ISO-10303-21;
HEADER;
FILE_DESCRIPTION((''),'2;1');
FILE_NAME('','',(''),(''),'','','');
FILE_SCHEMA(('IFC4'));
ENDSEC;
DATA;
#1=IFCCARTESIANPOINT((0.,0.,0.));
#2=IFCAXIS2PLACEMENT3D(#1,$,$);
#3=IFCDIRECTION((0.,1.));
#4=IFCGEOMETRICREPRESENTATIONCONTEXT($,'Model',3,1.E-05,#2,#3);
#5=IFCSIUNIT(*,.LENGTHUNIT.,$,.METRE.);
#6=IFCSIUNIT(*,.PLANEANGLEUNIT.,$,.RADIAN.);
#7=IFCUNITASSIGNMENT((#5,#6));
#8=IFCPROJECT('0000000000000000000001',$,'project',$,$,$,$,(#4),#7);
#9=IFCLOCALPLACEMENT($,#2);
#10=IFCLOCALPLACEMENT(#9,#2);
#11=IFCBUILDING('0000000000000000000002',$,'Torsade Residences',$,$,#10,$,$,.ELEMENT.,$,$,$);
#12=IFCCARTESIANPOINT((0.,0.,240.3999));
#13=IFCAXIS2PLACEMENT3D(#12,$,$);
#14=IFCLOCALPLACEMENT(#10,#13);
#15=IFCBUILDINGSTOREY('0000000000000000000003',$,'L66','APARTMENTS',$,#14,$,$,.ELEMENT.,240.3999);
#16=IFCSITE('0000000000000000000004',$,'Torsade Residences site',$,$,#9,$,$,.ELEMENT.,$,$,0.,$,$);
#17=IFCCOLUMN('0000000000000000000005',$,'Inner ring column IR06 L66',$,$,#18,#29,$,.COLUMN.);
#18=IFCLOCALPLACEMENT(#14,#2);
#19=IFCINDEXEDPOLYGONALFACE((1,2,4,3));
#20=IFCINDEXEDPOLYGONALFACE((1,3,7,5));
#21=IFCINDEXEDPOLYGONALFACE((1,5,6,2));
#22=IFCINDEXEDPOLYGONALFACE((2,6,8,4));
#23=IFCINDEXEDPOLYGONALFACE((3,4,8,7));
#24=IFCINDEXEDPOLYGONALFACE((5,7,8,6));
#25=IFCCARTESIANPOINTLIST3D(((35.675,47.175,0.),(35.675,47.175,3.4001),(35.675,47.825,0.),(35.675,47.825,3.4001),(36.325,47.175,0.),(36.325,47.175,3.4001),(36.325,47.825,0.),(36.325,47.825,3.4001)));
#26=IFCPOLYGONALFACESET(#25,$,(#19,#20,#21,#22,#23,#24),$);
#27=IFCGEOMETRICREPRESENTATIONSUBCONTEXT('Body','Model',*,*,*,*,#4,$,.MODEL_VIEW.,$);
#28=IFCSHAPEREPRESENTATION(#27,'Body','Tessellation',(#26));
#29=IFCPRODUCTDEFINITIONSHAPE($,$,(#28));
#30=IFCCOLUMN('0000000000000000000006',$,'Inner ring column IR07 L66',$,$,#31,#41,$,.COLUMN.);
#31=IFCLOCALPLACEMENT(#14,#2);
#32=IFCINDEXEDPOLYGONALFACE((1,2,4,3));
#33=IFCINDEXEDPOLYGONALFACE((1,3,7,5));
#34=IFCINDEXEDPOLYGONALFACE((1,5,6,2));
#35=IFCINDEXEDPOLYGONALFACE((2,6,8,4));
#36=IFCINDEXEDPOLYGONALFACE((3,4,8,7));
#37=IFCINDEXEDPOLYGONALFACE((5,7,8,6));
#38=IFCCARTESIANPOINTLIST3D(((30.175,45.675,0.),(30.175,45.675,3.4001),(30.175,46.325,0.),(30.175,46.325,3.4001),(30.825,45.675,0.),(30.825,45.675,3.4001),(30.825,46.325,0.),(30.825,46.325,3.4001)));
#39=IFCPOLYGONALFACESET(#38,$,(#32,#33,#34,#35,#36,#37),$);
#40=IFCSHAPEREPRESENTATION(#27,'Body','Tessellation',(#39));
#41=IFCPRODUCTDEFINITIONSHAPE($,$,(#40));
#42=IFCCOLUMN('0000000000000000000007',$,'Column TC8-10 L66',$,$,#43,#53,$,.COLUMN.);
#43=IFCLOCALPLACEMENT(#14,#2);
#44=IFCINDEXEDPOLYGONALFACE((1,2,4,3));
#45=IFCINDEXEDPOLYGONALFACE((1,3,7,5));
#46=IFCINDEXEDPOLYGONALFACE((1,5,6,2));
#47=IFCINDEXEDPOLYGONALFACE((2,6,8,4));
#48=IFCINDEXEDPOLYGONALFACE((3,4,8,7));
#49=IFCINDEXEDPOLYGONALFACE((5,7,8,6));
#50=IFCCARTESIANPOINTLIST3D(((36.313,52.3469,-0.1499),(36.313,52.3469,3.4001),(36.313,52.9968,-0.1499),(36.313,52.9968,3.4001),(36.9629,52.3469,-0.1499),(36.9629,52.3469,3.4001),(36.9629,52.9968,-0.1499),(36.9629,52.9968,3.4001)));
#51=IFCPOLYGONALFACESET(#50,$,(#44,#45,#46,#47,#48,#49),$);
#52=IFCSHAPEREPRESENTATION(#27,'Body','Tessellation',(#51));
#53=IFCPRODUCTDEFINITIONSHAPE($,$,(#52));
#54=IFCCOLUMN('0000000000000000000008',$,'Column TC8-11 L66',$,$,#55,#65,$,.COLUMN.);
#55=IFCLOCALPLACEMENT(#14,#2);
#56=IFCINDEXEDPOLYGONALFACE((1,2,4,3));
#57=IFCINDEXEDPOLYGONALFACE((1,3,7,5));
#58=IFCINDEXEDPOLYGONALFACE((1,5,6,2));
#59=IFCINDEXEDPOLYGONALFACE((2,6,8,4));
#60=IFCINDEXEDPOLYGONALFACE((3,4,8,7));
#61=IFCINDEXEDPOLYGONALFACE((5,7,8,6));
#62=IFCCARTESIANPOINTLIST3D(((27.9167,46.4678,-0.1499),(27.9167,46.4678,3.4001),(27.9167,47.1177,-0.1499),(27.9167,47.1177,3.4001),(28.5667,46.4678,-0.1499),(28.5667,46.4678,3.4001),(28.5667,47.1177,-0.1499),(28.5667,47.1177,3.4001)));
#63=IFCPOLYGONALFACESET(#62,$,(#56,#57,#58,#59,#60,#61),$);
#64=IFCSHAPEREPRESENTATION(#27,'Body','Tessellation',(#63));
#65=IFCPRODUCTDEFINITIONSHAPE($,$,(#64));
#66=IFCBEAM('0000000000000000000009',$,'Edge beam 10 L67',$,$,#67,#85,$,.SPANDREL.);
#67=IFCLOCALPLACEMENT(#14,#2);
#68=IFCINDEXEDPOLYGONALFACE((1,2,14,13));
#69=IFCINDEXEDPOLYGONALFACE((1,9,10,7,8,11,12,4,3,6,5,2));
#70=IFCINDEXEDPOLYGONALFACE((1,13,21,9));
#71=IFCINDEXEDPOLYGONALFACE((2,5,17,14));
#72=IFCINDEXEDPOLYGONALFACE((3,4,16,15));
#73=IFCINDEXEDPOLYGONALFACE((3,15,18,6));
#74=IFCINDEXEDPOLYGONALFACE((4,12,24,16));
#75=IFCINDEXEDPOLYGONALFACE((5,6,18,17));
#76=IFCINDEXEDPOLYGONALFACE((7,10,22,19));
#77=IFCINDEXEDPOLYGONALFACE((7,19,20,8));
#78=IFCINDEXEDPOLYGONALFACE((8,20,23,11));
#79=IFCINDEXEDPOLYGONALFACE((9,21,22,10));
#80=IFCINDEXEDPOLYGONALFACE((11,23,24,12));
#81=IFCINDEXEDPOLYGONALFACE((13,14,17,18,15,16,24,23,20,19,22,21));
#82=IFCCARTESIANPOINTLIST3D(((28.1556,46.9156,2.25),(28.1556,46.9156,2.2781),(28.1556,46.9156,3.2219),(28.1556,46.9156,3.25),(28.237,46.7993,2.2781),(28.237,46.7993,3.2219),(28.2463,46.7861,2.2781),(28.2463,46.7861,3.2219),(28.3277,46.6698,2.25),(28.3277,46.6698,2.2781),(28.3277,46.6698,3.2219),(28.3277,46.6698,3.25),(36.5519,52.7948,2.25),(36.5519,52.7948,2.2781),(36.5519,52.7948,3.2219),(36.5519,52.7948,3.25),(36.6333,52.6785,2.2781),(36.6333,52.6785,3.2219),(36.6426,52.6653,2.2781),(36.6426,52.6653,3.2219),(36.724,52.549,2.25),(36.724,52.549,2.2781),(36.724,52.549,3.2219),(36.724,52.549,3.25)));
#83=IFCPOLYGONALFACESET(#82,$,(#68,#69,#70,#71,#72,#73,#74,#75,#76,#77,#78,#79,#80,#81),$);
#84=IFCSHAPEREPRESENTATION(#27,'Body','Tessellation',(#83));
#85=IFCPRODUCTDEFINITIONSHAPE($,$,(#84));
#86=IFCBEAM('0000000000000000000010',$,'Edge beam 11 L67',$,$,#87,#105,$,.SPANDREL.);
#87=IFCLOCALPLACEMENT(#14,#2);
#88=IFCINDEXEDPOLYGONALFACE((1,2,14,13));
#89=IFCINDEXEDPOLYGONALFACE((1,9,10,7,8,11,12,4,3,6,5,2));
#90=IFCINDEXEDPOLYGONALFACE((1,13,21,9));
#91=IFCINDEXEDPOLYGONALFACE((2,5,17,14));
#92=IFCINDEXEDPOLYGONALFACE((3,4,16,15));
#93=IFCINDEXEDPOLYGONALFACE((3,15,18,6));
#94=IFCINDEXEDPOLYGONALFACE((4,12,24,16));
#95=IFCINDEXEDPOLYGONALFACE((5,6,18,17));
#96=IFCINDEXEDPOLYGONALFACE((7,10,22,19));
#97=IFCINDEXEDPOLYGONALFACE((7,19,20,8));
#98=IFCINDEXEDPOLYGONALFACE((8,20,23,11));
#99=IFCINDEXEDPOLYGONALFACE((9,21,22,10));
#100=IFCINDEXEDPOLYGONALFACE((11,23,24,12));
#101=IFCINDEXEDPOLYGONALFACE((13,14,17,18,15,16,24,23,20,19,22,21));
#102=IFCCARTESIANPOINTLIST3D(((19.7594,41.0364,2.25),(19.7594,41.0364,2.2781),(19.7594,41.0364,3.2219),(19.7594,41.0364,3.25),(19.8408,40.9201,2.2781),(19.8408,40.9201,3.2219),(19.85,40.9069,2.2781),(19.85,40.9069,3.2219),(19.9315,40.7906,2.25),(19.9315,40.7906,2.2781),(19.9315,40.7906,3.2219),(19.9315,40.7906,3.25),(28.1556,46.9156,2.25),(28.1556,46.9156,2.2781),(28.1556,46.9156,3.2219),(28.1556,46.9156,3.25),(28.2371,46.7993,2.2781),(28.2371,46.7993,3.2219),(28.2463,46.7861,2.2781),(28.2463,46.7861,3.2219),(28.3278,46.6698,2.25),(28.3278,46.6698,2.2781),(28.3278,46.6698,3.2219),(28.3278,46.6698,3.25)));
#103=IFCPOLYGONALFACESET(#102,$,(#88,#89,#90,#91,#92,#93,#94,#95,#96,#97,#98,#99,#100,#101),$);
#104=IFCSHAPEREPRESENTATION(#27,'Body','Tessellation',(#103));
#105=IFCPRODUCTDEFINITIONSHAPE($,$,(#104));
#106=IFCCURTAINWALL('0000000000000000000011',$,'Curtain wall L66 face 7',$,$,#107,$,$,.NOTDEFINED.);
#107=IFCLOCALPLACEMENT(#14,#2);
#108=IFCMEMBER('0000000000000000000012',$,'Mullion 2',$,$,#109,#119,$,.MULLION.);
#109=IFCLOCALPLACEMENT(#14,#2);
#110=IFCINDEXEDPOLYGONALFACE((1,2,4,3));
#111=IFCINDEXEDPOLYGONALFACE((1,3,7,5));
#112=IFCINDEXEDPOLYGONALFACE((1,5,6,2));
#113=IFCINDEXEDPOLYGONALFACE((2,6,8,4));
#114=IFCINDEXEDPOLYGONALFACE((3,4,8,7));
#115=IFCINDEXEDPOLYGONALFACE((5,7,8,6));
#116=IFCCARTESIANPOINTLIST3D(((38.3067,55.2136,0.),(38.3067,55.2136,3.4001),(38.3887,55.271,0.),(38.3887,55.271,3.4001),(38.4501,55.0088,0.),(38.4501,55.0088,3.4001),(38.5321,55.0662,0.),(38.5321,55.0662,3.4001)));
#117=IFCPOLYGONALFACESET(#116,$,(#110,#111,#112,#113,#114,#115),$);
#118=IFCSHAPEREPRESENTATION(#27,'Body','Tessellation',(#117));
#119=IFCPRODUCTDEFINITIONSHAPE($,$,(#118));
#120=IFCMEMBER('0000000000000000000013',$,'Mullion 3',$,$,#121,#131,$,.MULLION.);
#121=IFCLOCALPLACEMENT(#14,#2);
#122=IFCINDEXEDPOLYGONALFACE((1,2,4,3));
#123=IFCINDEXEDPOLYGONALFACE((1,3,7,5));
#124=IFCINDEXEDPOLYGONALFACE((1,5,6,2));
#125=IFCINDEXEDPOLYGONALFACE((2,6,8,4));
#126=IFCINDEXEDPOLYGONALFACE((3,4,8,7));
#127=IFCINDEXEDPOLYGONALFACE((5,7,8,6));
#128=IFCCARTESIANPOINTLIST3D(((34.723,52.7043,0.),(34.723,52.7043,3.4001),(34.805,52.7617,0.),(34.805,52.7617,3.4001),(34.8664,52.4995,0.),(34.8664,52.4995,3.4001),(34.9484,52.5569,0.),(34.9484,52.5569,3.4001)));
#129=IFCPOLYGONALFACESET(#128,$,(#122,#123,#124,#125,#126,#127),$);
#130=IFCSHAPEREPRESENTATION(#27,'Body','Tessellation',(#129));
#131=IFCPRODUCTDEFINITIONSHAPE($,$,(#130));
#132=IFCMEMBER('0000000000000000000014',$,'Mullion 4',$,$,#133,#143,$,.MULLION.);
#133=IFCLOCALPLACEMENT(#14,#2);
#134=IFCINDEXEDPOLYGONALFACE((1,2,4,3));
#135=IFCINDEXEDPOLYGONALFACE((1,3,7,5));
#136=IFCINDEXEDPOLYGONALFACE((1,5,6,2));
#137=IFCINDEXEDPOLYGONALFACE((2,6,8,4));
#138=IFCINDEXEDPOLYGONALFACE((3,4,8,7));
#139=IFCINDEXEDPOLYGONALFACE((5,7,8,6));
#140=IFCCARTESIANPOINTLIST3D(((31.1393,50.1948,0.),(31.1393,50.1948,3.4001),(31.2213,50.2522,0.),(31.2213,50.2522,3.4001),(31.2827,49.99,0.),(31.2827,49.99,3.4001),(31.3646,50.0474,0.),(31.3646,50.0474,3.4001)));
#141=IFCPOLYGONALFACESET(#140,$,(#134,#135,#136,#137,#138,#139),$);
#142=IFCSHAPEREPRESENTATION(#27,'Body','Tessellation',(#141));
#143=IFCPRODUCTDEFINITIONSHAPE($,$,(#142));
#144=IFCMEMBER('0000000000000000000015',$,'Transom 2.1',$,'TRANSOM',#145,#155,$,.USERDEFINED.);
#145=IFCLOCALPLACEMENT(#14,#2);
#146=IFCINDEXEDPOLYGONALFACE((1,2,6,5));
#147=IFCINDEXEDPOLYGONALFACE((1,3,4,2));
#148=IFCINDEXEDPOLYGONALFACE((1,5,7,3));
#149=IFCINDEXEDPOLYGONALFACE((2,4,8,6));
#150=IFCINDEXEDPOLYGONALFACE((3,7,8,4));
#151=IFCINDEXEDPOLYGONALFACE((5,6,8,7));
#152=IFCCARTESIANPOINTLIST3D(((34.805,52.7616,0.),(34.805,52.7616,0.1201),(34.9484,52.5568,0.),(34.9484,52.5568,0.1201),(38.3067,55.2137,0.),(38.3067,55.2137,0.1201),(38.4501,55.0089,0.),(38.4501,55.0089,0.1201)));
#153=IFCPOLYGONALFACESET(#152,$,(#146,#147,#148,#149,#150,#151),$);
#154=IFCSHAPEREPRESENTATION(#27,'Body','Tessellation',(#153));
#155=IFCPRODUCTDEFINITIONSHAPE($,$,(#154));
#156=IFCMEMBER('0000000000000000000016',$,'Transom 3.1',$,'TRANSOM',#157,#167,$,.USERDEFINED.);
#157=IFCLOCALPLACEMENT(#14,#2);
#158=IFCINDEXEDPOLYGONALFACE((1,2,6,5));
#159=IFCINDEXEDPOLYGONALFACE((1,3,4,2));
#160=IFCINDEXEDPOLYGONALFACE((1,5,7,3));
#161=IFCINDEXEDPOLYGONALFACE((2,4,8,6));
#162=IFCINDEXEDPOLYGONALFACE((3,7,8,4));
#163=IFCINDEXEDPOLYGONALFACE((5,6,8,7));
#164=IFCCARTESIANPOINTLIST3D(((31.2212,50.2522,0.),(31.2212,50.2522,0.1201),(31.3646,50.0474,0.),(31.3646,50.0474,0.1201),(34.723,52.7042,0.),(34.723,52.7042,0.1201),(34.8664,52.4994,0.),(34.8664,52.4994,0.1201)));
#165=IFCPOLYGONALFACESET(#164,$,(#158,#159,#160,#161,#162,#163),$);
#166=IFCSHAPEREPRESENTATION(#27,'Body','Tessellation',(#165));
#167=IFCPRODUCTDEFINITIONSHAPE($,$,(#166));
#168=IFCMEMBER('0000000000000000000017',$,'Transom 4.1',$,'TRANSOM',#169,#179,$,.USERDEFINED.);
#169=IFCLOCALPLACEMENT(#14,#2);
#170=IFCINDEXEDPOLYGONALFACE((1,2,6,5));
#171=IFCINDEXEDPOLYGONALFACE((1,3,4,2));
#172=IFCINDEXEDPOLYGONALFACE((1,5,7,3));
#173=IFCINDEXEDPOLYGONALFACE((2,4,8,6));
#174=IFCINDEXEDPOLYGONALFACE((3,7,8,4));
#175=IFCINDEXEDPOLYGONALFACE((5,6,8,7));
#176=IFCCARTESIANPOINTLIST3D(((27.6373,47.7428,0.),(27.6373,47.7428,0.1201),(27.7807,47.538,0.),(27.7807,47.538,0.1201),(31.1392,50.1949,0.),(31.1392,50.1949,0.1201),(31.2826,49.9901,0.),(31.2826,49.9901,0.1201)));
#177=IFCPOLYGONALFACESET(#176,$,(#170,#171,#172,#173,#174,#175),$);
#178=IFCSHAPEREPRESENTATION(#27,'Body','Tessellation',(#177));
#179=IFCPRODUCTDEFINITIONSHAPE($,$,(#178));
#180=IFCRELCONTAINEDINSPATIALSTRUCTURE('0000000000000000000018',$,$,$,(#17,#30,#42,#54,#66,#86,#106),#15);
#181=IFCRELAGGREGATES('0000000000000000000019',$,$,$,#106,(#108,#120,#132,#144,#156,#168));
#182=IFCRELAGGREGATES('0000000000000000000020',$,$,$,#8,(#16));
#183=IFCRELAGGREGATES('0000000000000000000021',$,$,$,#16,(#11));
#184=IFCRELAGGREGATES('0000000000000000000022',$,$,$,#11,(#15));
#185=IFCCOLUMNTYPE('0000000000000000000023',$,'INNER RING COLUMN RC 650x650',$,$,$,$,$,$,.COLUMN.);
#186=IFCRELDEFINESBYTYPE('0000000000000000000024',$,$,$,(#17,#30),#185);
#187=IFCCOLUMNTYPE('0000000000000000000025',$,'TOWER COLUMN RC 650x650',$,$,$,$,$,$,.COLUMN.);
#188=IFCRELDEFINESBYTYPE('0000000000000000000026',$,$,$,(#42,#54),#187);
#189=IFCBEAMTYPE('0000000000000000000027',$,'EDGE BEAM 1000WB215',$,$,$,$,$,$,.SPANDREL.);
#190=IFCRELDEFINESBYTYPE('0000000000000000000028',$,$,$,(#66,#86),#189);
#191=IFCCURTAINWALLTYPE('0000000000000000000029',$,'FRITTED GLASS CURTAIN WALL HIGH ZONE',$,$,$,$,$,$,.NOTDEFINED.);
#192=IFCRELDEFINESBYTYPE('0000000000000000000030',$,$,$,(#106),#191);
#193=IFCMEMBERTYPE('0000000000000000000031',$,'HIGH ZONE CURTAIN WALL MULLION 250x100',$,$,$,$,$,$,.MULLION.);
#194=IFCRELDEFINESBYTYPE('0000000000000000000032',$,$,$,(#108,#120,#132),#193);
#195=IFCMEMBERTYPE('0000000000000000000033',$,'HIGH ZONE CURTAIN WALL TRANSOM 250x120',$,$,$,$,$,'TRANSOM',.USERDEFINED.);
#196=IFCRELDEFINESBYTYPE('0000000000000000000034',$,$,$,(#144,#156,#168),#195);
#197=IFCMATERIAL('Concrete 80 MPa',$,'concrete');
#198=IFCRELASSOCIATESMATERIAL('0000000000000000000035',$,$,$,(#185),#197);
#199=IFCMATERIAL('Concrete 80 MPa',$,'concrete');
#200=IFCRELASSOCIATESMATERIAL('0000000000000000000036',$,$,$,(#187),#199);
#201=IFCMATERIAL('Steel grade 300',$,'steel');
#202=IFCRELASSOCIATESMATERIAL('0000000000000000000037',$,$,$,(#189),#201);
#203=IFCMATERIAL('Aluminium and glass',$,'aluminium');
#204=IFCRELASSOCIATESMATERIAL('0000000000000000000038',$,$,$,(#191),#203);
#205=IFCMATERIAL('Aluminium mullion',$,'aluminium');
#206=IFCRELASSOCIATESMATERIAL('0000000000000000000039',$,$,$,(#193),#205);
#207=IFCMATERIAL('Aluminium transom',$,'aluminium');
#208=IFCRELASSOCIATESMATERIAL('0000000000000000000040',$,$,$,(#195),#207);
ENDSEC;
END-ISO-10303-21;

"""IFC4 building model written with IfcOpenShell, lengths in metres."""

from ifc_helpers import new_model, si_unit, direction, frame, origin, origin_2d, place, context, subcontext, project, spatial, rectangle, i_section, extrude, material, material_profile, profile_set, type_object, element, aggregate, save


model = new_model("IFC4")

# Units and contexts
model_context = context("Model", 3, precision=1e-05, world=origin(), true_north=direction((0.0, 1.0)))
body_context = subcontext(model_context, "Body", "Model", "MODEL_VIEW")
ifc_project = project(units=[si_unit("LENGTHUNIT", "METRE"), si_unit("PLANEANGLEUNIT", "RADIAN")], contexts=[model_context])

# Site, building, storey
site_placement = place(None, origin())
site = spatial("IfcSite", under=ifc_project, at=site_placement, Name="Torsade Residences site", CompositionType="ELEMENT", RefElevation=0.0)
building_placement = place(site_placement, origin())
building = spatial("IfcBuilding", under=site, at=building_placement, Name="Torsade Residences", CompositionType="ELEMENT")
storey_placement = place(building_placement, frame((0.0, 0.0, 240.3999)))
storey = spatial("IfcBuildingStorey", under=building, at=storey_placement, Name="L66", Description="APARTMENTS", CompositionType="ELEMENT", Elevation=240.3999)

# Columns
ifc_material_1 = material(Name="Concrete 80 MPa", Category="concrete")
ifc_material_profile_1 = material_profile(ifc_material_1, rectangle(XDim=0.6499, YDim=0.6499, at=origin_2d()), Name="RC 650x650")
ifc_profile_set_1 = profile_set([ifc_material_profile_1], Name="Concrete 80 MPa")
column_type_1 = type_object("IfcColumnType", Name="INNER RING COLUMN RC 650x650", PredefinedType="COLUMN", material=ifc_profile_set_1)
for number, where, z_axis, x_axis, name in (
    (1, (36.0, 47.5, 0.0), (0.0, 0.0, 1.0), (1.0, 0.0, 0.0), "Inner ring column IR06 L66"),
    (2, (30.5, 46.0, 0.0), (0.0, 0.0, 1.0), (1.0, 0.0, 0.0), "Inner ring column IR07 L66"),
):
    element("IfcColumn", number, at=place(storey_placement, frame(where, z_axis=z_axis, x_axis=x_axis)), inside=storey, type_object=column_type_1, Name=name, PredefinedType="COLUMN", context=body_context, shape_type="SweptSolid", body=[
        extrude(rectangle(XDim=0.6499, YDim=0.6499, at=origin_2d()), origin(), (0.0, 0.0, 1.0), 3.4001),
    ])
ifc_material_2 = material(Name="Concrete 80 MPa", Category="concrete")
ifc_material_profile_2 = material_profile(ifc_material_2, rectangle(XDim=0.6499, YDim=0.6499, at=origin_2d()), Name="RC 650x650")
ifc_profile_set_2 = profile_set([ifc_material_profile_2], Name="Concrete 80 MPa")
column_type_2 = type_object("IfcColumnType", Name="TOWER COLUMN RC 650x650", PredefinedType="COLUMN", material=ifc_profile_set_2)
for number, where, z_axis, x_axis, name in (
    (3, (36.6379, 52.6719, -0.1499), (0.0, 0.0, 1.0), (1.0, 0.0, 0.0), "Column TC8-10 L66"),
    (4, (28.2417, 46.7927, -0.1499), (0.0, 0.0, 1.0), (1.0, 0.0, 0.0), "Column TC8-11 L66"),
):
    element("IfcColumn", number, at=place(storey_placement, frame(where, z_axis=z_axis, x_axis=x_axis)), inside=storey, type_object=column_type_2, Name=name, PredefinedType="COLUMN", context=body_context, shape_type="SweptSolid", body=[
        extrude(rectangle(XDim=0.6499, YDim=0.6499, at=origin_2d()), origin(), (0.0, 0.0, 1.0), 3.55),
    ])

# Beams
ifc_material_3 = material(Name="Steel grade 300", Category="steel")
ifc_material_profile_3 = material_profile(ifc_material_3, i_section(OverallWidth=0.3, OverallDepth=1.0, WebThickness=0.0161, FlangeThickness=0.0281, at=origin_2d()), Name="1000WB215")
ifc_profile_set_3 = profile_set([ifc_material_profile_3], Name="Steel grade 300")
beam_type_1 = type_object("IfcBeamType", Name="EDGE BEAM 1000WB215", PredefinedType="SPANDREL", material=ifc_profile_set_3)
for number, where, z_axis, x_axis, name in (
    (5, (36.6379, 52.6719, 2.75), (-0.81915, -0.573579, 0.0), (0.573579, -0.81915, 0.0), "Edge beam 10 L67"),
    (6, (28.2417, 46.7927, 2.75), (-0.81915, -0.573579, 0.0), (0.573579, -0.81915, 0.0), "Edge beam 11 L67"),
):
    element("IfcBeam", number, at=place(storey_placement, frame(where, z_axis=z_axis, x_axis=x_axis)), inside=storey, type_object=beam_type_1, Name=name, PredefinedType="SPANDREL", context=body_context, shape_type="SweptSolid", body=[
        extrude(i_section(OverallWidth=0.3, OverallDepth=1.0, WebThickness=0.0161, FlangeThickness=0.0281, at=origin_2d()), origin(), (0.0, 0.0, 1.0), 10.25),
    ])

# Curtain wall, members
ifc_material_4 = material(Name="Aluminium and glass", Category="aluminium")
curtain_wall_type = type_object("IfcCurtainWallType", Name="FRITTED GLASS CURTAIN WALL HIGH ZONE", PredefinedType="NOTDEFINED", material=ifc_material_4)
curtain_wall_placement = place(storey_placement, origin())
curtain_wall = element("IfcCurtainWall", 7, at=curtain_wall_placement, inside=storey, type_object=curtain_wall_type, Name="Curtain wall L66 face 7", PredefinedType="NOTDEFINED")
ifc_material_5 = material(Name="Aluminium mullion", Category="aluminium")
ifc_material_profile_4 = material_profile(ifc_material_5, rectangle(XDim=0.25, YDim=0.1001, at=origin_2d()), Name="HIGH ZONE CURTAIN WALL MULLION 250x100")
ifc_profile_set_4 = profile_set([ifc_material_profile_4], Name="Aluminium mullion")
member_type_1 = type_object("IfcMemberType", Name="HIGH ZONE CURTAIN WALL MULLION 250x100", PredefinedType="MULLION", material=ifc_profile_set_4)
member_1_placement = place(storey_placement, frame((38.4194, 55.1399, 0.0), z_axis=(0.0, 0.0, 1.0), x_axis=(0.573576, -0.819152, 0.0)))
member_1 = element("IfcMember", 8, at=member_1_placement, type_object=member_type_1, Name="Mullion 2", PredefinedType="MULLION", context=body_context, shape_type="SweptSolid", body=[
    extrude(rectangle(XDim=0.25, YDim=0.1001, at=origin_2d()), origin(), (0.0, 0.0, 1.0), 3.4001),
])
member_2_placement = place(storey_placement, frame((34.8357, 52.6306, 0.0), z_axis=(0.0, 0.0, 1.0), x_axis=(0.573576, -0.819152, 0.0)))
member_2 = element("IfcMember", 9, at=member_2_placement, type_object=member_type_1, Name="Mullion 3", PredefinedType="MULLION", context=body_context, shape_type="SweptSolid", body=[
    extrude(rectangle(XDim=0.25, YDim=0.1001, at=origin_2d()), origin(), (0.0, 0.0, 1.0), 3.4001),
])
member_3_placement = place(storey_placement, frame((31.252, 50.1211, 0.0), z_axis=(0.0, 0.0, 1.0), x_axis=(0.573576, -0.819152, 0.0)))
member_3 = element("IfcMember", 10, at=member_3_placement, type_object=member_type_1, Name="Mullion 4", PredefinedType="MULLION", context=body_context, shape_type="SweptSolid", body=[
    extrude(rectangle(XDim=0.25, YDim=0.1001, at=origin_2d()), origin(), (0.0, 0.0, 1.0), 3.4001),
])
ifc_material_6 = material(Name="Aluminium transom", Category="aluminium")
ifc_material_profile_5 = material_profile(ifc_material_6, rectangle(XDim=0.25, YDim=0.1201, at=origin_2d()), Name="HIGH ZONE CURTAIN WALL TRANSOM 250x120")
ifc_profile_set_5 = profile_set([ifc_material_profile_5], Name="Aluminium transom")
member_type_2 = type_object("IfcMemberType", Name="HIGH ZONE CURTAIN WALL TRANSOM 250x120", ElementType="TRANSOM", PredefinedType="USERDEFINED", material=ifc_profile_set_5)
member_4_placement = place(storey_placement, frame((38.3784, 55.1113, 0.0601), z_axis=(-0.819127, -0.573612, 0.0), x_axis=(0.573612, -0.819127, 0.0)))
member_4 = element("IfcMember", 11, at=member_4_placement, type_object=member_type_2, Name="Transom 2.1", ObjectType="TRANSOM", PredefinedType="USERDEFINED", context=body_context, shape_type="SweptSolid", body=[
    extrude(rectangle(XDim=0.25, YDim=0.1201, at=origin_2d()), origin(), (0.0, 0.0, 1.0), 4.2749),
])
member_5_placement = place(storey_placement, frame((34.7947, 52.6018, 0.0601), z_axis=(-0.819154, -0.573573, 0.0), x_axis=(0.573573, -0.819154, 0.0)))
member_5 = element("IfcMember", 12, at=member_5_placement, type_object=member_type_2, Name="Transom 3.1", ObjectType="TRANSOM", PredefinedType="USERDEFINED", context=body_context, shape_type="SweptSolid", body=[
    extrude(rectangle(XDim=0.25, YDim=0.1201, at=origin_2d()), origin(), (0.0, 0.0, 1.0), 4.2749),
])
member_6_placement = place(storey_placement, frame((31.2109, 50.0925, 0.0601), z_axis=(-0.819146, -0.573585, 0.0), x_axis=(0.573585, -0.819146, 0.0)))
member_6 = element("IfcMember", 13, at=member_6_placement, type_object=member_type_2, Name="Transom 4.1", ObjectType="TRANSOM", PredefinedType="USERDEFINED", context=body_context, shape_type="SweptSolid", body=[
    extrude(rectangle(XDim=0.25, YDim=0.1201, at=origin_2d()), origin(), (0.0, 0.0, 1.0), 4.2751),
])

aggregate(curtain_wall, [member_1, member_2, member_3, member_4, member_5, member_6])

save(model, "model.ifc")
